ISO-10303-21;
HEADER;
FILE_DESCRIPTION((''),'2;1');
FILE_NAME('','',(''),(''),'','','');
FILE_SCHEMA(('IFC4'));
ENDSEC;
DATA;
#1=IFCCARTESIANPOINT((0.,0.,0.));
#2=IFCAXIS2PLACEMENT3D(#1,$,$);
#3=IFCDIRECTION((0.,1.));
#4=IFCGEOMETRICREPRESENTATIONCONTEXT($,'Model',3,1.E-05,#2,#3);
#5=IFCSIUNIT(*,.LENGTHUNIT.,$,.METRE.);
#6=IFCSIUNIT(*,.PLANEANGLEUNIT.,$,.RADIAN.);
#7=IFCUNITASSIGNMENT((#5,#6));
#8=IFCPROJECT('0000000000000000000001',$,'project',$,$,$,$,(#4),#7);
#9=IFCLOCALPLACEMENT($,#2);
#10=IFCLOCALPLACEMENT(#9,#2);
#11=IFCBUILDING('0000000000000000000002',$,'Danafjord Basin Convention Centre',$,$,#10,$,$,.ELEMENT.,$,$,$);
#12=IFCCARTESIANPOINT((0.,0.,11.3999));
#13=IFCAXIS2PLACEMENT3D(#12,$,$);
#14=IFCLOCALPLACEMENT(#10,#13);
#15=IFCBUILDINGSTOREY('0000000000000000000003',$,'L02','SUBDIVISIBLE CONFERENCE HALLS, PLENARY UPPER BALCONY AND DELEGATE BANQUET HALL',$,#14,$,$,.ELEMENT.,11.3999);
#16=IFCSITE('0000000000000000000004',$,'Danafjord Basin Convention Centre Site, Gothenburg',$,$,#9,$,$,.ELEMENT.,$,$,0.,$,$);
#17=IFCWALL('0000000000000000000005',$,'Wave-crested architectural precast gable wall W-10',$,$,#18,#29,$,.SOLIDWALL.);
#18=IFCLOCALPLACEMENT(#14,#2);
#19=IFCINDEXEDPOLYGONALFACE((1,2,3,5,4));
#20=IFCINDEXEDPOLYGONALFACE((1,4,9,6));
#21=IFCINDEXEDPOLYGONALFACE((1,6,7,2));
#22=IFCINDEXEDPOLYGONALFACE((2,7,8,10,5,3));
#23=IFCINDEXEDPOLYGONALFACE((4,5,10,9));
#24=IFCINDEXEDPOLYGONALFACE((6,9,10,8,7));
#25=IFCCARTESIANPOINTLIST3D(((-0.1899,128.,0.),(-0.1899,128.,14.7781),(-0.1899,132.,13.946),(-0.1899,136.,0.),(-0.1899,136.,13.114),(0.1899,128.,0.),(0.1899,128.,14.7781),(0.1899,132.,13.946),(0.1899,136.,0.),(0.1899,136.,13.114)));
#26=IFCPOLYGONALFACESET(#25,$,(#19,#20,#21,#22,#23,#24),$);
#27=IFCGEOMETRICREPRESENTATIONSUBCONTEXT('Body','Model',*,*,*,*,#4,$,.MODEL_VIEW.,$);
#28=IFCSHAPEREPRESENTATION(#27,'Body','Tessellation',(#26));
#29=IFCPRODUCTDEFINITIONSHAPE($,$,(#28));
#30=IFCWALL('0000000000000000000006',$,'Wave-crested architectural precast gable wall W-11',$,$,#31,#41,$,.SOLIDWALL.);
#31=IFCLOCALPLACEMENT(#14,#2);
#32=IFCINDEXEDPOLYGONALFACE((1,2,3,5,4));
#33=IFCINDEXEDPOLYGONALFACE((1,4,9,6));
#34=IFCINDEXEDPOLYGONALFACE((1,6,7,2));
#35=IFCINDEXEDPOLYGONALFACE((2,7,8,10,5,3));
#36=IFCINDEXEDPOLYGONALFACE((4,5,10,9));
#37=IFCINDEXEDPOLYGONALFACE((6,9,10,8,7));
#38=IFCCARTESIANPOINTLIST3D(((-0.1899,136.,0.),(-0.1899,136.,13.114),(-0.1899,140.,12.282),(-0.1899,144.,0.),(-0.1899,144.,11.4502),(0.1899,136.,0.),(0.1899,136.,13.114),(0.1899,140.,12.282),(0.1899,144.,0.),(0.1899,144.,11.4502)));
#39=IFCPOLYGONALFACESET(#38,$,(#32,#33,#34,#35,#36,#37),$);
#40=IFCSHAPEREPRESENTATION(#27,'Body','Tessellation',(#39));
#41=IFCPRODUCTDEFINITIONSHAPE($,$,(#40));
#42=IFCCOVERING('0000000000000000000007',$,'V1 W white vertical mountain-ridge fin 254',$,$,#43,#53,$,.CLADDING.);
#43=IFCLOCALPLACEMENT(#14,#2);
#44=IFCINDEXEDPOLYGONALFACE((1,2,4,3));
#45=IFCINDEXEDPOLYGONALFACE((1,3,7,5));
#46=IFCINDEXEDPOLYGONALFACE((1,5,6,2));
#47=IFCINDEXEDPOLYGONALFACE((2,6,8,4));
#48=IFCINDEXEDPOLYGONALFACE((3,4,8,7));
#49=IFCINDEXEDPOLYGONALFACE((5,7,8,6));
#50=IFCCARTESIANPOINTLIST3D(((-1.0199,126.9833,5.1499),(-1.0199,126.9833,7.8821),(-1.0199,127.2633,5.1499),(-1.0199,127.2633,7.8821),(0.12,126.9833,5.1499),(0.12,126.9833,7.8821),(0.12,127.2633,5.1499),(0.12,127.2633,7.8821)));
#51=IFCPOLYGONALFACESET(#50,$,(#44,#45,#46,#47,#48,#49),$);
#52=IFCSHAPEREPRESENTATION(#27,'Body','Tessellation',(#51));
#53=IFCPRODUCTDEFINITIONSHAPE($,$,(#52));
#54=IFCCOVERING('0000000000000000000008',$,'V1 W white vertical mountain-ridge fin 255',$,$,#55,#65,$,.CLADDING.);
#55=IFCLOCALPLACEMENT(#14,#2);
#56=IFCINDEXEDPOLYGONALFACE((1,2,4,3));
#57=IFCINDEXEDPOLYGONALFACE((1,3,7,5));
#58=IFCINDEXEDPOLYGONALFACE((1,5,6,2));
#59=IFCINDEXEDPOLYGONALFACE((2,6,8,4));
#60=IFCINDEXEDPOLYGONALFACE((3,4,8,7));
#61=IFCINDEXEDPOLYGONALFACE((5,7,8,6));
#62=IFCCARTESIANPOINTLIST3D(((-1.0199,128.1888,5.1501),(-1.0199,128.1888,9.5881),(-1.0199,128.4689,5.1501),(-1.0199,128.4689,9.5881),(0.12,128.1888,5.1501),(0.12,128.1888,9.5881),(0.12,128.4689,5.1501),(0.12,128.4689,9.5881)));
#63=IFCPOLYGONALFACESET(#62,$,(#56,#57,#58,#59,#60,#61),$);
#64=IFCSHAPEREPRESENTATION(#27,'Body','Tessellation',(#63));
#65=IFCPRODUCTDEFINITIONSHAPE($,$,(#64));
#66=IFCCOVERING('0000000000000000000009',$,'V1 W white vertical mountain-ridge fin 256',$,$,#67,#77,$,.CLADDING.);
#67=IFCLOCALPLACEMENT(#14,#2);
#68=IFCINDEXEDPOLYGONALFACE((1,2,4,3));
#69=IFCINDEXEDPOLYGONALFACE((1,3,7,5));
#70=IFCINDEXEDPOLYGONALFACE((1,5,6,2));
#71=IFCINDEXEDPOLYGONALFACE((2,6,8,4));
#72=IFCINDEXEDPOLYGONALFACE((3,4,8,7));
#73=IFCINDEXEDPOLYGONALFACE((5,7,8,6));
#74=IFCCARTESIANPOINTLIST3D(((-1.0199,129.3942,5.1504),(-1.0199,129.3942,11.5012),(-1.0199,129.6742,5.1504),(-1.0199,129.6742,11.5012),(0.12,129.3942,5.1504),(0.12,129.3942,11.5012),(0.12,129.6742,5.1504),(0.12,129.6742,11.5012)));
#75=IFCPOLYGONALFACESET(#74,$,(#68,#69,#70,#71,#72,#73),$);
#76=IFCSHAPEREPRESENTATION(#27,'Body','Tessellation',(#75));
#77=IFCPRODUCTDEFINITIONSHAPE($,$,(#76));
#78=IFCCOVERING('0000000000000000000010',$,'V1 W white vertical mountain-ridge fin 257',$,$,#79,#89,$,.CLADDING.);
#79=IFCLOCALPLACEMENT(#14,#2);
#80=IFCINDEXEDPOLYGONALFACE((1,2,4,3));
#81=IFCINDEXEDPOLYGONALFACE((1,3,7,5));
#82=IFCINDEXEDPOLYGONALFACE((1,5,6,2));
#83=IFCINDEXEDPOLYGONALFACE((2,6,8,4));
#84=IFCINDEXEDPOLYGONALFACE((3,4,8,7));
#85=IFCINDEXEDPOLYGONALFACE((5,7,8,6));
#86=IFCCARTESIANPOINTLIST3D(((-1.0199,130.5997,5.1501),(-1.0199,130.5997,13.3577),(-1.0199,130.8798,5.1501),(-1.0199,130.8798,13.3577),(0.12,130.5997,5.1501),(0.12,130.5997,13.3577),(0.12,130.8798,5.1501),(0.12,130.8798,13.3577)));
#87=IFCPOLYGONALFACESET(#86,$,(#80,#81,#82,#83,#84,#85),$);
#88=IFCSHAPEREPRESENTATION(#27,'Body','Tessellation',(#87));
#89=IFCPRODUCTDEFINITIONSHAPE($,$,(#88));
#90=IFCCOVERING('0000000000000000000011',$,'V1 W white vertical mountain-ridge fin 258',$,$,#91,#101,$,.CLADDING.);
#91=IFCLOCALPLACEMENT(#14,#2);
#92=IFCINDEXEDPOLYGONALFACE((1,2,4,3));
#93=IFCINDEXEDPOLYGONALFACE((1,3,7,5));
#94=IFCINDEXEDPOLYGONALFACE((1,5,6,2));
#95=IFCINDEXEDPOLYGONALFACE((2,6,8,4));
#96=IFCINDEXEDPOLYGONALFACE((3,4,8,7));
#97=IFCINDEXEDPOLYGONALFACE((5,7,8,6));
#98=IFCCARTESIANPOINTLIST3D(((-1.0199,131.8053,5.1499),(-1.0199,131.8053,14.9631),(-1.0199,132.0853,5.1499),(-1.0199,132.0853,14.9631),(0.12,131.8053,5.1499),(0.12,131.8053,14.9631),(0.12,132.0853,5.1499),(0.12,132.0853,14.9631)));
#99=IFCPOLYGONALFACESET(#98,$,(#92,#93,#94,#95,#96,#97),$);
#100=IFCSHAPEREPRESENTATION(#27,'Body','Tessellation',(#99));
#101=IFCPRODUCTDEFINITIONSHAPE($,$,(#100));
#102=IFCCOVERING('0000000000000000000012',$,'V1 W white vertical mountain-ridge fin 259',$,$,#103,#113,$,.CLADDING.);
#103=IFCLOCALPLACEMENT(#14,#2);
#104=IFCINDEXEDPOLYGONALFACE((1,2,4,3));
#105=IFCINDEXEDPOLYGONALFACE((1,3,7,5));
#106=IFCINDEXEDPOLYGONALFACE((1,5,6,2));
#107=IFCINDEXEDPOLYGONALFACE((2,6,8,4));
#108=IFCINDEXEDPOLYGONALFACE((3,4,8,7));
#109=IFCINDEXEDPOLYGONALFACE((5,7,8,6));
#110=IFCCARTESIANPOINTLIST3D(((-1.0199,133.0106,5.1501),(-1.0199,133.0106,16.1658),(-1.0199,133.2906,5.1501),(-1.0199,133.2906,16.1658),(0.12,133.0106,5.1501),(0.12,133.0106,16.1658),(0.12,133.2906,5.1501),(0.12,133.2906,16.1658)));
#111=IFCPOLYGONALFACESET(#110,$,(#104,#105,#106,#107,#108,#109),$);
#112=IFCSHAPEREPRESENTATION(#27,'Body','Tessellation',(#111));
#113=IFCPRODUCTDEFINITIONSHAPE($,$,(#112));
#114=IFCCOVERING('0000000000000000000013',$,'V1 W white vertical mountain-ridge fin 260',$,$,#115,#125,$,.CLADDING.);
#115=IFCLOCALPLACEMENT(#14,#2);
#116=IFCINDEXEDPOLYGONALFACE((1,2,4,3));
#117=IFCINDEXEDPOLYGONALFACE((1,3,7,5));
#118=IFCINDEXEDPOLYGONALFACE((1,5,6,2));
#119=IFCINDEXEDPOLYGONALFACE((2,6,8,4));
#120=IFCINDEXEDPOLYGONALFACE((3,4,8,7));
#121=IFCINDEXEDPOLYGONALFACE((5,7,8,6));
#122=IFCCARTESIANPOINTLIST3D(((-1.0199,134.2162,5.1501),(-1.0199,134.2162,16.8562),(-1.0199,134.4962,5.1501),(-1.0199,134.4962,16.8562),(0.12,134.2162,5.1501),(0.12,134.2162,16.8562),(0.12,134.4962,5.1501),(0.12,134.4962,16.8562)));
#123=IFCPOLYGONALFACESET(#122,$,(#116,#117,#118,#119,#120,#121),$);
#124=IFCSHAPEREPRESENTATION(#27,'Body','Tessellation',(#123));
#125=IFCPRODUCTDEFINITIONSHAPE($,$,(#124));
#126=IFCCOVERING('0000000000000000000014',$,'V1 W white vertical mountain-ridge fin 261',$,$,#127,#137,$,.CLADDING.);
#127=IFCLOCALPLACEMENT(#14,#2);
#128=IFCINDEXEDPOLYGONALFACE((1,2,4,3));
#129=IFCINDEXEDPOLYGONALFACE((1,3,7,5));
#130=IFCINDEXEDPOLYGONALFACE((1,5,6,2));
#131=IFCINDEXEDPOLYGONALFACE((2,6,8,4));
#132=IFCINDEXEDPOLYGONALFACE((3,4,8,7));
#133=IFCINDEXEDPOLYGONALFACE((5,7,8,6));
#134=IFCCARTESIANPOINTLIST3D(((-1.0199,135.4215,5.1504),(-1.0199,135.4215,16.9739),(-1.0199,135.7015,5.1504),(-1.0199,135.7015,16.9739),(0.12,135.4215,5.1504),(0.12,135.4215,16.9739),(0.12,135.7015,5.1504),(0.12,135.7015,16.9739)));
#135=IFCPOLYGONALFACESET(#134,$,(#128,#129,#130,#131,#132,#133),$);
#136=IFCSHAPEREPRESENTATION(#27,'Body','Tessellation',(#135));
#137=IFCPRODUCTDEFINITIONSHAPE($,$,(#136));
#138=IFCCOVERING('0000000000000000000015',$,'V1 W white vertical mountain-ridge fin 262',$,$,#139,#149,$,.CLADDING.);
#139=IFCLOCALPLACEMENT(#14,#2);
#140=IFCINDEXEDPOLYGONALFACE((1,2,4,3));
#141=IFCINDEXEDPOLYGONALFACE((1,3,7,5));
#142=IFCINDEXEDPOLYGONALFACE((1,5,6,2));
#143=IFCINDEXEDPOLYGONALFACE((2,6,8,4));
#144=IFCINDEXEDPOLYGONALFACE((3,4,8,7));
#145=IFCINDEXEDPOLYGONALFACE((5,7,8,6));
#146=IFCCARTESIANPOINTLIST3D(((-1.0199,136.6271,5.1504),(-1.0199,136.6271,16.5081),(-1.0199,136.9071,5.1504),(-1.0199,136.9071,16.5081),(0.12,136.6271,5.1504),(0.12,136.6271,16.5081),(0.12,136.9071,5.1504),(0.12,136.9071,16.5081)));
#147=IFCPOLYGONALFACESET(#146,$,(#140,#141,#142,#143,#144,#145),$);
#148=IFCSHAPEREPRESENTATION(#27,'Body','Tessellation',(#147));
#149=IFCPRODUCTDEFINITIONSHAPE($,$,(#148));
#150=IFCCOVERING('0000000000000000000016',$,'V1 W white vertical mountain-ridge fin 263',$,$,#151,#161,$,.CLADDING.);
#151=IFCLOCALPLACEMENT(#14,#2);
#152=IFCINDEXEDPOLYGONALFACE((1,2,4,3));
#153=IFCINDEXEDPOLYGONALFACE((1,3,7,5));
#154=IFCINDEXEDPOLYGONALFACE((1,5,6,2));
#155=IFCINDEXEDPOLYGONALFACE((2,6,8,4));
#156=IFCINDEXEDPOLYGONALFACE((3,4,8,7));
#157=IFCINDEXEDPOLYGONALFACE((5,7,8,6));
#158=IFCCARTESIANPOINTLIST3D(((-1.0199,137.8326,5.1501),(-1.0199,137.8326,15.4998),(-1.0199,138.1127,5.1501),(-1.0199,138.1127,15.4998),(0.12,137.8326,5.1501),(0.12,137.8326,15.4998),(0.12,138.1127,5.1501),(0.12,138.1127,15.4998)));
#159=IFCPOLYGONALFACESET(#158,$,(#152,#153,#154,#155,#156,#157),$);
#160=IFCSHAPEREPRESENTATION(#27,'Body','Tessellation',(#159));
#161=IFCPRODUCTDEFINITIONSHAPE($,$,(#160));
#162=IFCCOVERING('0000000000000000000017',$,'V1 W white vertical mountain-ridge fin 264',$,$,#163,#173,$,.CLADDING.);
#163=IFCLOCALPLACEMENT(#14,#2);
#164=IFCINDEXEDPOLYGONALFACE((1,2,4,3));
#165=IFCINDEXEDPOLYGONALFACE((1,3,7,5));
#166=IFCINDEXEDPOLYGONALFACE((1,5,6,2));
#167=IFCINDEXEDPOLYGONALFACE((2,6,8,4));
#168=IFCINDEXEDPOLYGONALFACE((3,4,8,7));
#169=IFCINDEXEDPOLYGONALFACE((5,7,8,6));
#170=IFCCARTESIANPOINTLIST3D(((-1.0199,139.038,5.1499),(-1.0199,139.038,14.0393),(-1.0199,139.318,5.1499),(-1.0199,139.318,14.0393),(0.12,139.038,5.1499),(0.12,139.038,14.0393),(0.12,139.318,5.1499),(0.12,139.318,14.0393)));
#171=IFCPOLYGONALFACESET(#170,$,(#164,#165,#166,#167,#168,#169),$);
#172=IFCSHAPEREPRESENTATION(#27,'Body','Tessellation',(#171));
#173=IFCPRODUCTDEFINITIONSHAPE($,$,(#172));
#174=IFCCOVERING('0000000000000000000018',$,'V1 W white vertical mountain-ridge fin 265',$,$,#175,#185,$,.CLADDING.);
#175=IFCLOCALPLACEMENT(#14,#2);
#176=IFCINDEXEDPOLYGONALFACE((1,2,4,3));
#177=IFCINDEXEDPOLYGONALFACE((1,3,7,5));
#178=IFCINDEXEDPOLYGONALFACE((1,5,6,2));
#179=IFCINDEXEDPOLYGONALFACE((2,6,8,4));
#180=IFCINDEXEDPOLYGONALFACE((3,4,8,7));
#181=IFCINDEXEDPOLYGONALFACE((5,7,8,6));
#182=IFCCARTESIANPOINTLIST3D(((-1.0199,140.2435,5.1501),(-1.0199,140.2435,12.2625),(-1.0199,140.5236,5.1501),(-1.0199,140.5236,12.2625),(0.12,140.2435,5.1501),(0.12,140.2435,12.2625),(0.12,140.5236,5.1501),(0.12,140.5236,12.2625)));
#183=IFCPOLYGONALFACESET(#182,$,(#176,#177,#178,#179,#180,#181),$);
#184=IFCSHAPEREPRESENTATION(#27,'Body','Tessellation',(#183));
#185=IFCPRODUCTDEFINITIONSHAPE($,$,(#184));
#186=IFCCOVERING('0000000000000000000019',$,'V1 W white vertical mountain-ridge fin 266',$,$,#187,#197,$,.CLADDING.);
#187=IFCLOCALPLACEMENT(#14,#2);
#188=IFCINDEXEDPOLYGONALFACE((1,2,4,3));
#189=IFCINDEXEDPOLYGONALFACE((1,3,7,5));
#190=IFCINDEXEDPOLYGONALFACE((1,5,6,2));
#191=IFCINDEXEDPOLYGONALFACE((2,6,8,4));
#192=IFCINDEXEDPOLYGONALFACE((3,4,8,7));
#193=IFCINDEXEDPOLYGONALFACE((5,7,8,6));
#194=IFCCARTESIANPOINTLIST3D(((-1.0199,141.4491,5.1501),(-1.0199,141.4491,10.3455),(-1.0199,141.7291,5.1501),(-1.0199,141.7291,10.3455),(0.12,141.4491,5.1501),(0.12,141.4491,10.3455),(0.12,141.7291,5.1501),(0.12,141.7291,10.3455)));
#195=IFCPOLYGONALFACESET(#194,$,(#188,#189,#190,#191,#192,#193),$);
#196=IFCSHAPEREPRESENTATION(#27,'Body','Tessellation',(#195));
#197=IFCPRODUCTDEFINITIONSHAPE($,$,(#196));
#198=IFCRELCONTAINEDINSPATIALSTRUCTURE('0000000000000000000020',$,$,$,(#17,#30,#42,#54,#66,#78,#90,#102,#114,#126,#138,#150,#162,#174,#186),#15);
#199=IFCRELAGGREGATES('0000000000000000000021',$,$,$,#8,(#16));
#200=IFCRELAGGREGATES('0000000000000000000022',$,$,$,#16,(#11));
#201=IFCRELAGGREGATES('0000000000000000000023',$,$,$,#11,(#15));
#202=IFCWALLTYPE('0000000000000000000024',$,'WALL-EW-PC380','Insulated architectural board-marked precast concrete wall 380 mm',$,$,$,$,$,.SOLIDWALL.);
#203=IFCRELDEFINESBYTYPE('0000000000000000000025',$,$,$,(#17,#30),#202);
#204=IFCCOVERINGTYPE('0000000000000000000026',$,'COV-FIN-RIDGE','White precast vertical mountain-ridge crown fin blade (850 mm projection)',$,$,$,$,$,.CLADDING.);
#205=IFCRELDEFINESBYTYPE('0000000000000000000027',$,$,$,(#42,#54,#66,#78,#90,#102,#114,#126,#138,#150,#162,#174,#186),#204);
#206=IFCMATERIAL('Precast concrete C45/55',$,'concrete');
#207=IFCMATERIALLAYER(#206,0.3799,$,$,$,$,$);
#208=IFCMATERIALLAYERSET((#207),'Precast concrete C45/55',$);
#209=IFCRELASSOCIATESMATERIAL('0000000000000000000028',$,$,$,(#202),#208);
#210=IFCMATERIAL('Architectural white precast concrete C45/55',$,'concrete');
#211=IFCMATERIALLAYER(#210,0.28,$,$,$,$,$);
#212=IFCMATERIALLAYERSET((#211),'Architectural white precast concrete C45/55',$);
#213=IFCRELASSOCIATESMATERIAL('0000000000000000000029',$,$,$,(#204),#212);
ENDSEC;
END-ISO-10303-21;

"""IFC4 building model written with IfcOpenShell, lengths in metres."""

from ifc_helpers import new_model, si_unit, direction, frame, origin, origin_2d, place, context, subcontext, project, spatial, polyline, rectangle, outline, extrude, material, layer, layer_set, type_object, element, save


model = new_model("IFC4")

# Units and contexts
model_context = context("Model", 3, precision=1e-05, world=origin(), true_north=direction((0.0, 1.0)))
body_context = subcontext(model_context, "Body", "Model", "MODEL_VIEW")
ifc_project = project(units=[si_unit("LENGTHUNIT", "METRE"), si_unit("PLANEANGLEUNIT", "RADIAN")], contexts=[model_context])

# Site, building, storey
site_placement = place(None, origin())
site = spatial("IfcSite", under=ifc_project, at=site_placement, Name="Danafjord Basin Convention Centre Site, Gothenburg", CompositionType="ELEMENT", RefElevation=0.0)
building_placement = place(site_placement, origin())
building = spatial("IfcBuilding", under=site, at=building_placement, Name="Danafjord Basin Convention Centre", CompositionType="ELEMENT")
storey_placement = place(building_placement, frame((0.0, 0.0, 11.3999)))
storey = spatial("IfcBuildingStorey", under=building, at=storey_placement, Name="L02", Description="SUBDIVISIBLE CONFERENCE HALLS, PLENARY UPPER BALCONY AND DELEGATE BANQUET HALL", CompositionType="ELEMENT", Elevation=11.3999)

# Walls
ifc_material_1 = material(Name="Precast concrete C45/55", Category="concrete")
ifc_layer_1 = layer(ifc_material_1, 0.3799)
ifc_layer_set_1 = layer_set([ifc_layer_1], Name="Precast concrete C45/55")
wall_type = type_object("IfcWallType", Name="WALL-EW-PC380", Description="Insulated architectural board-marked precast concrete wall 380 mm", PredefinedType="SOLIDWALL", material=ifc_layer_set_1)
wall_1_placement = place(storey_placement, frame((0.0, 128.0, 0.0), z_axis=(0.0, 0.0, 1.0), x_axis=(0.0, 1.0, 0.0)))
element("IfcWall", 1, at=wall_1_placement, inside=storey, type_object=wall_type, Name="Wave-crested architectural precast gable wall W-10", PredefinedType="SOLIDWALL", context=body_context, shape_type="SweptSolid", body=[
    extrude(outline(polyline([(0.0, 0.0), (8.0, 0.0), (8.0, 13.114), (4.0, 13.946), (0.0, 14.7781), (0.0, 0.0)])), frame((0.0, 0.1899, 0.0), z_axis=(0.0, -1.0, 0.0), x_axis=(1.0, 0.0, 0.0)), (0.0, 0.0, 1.0), 0.3799),
])
wall_2_placement = place(storey_placement, frame((0.0, 136.0, 0.0), z_axis=(0.0, 0.0, 1.0), x_axis=(0.0, 1.0, 0.0)))
element("IfcWall", 2, at=wall_2_placement, inside=storey, type_object=wall_type, Name="Wave-crested architectural precast gable wall W-11", PredefinedType="SOLIDWALL", context=body_context, shape_type="SweptSolid", body=[
    extrude(outline(polyline([(0.0, 0.0), (8.0, 0.0), (8.0, 11.4502), (4.0, 12.282), (0.0, 13.114), (0.0, 0.0)])), frame((0.0, 0.1899, 0.0), z_axis=(0.0, -1.0, 0.0), x_axis=(1.0, 0.0, 0.0)), (0.0, 0.0, 1.0), 0.3799),
])

# Coverings
ifc_material_2 = material(Name="Architectural white precast concrete C45/55", Category="concrete")
ifc_layer_2 = layer(ifc_material_2, 0.28)
ifc_layer_set_2 = layer_set([ifc_layer_2], Name="Architectural white precast concrete C45/55")
covering_type = type_object("IfcCoveringType", Name="COV-FIN-RIDGE", Description="White precast vertical mountain-ridge crown fin blade (850 mm projection)", PredefinedType="CLADDING", material=ifc_layer_set_2)
covering_1_placement = place(storey_placement, frame((-0.45, 127.1233, 5.1499), z_axis=(0.0, 0.0, 1.0), x_axis=(1.0, 0.0, 0.0)))
element("IfcCovering", 3, at=covering_1_placement, inside=storey, type_object=covering_type, Name="V1 W white vertical mountain-ridge fin 254", PredefinedType="CLADDING", context=body_context, shape_type="SweptSolid", body=[
    extrude(rectangle(XDim=1.1399, YDim=0.28, at=origin_2d()), origin(), (0.0, 0.0, 1.0), 2.7322),
])
covering_2_placement = place(storey_placement, frame((-0.45, 128.3289, 5.1501), z_axis=(0.0, 0.0, 1.0), x_axis=(1.0, 0.0, 0.0)))
element("IfcCovering", 4, at=covering_2_placement, inside=storey, type_object=covering_type, Name="V1 W white vertical mountain-ridge fin 255", PredefinedType="CLADDING", context=body_context, shape_type="SweptSolid", body=[
    extrude(rectangle(XDim=1.1399, YDim=0.28, at=origin_2d()), origin(), (0.0, 0.0, 1.0), 4.438),
])
covering_3_placement = place(storey_placement, frame((-0.45, 129.5342, 5.1504), z_axis=(0.0, 0.0, 1.0), x_axis=(1.0, 0.0, 0.0)))
element("IfcCovering", 5, at=covering_3_placement, inside=storey, type_object=covering_type, Name="V1 W white vertical mountain-ridge fin 256", PredefinedType="CLADDING", context=body_context, shape_type="SweptSolid", body=[
    extrude(rectangle(XDim=1.1399, YDim=0.28, at=origin_2d()), origin(), (0.0, 0.0, 1.0), 6.3508),
])
covering_4_placement = place(storey_placement, frame((-0.45, 130.7397, 5.1501), z_axis=(0.0, 0.0, 1.0), x_axis=(1.0, 0.0, 0.0)))
element("IfcCovering", 6, at=covering_4_placement, inside=storey, type_object=covering_type, Name="V1 W white vertical mountain-ridge fin 257", PredefinedType="CLADDING", context=body_context, shape_type="SweptSolid", body=[
    extrude(rectangle(XDim=1.1399, YDim=0.28, at=origin_2d()), origin(), (0.0, 0.0, 1.0), 8.2075),
])
covering_5_placement = place(storey_placement, frame((-0.45, 131.9453, 5.1499), z_axis=(0.0, 0.0, 1.0), x_axis=(1.0, 0.0, 0.0)))
element("IfcCovering", 7, at=covering_5_placement, inside=storey, type_object=covering_type, Name="V1 W white vertical mountain-ridge fin 258", PredefinedType="CLADDING", context=body_context, shape_type="SweptSolid", body=[
    extrude(rectangle(XDim=1.1399, YDim=0.28, at=origin_2d()), origin(), (0.0, 0.0, 1.0), 9.8132),
])
covering_6_placement = place(storey_placement, frame((-0.45, 133.1506, 5.1501), z_axis=(0.0, 0.0, 1.0), x_axis=(1.0, 0.0, 0.0)))
element("IfcCovering", 8, at=covering_6_placement, inside=storey, type_object=covering_type, Name="V1 W white vertical mountain-ridge fin 259", PredefinedType="CLADDING", context=body_context, shape_type="SweptSolid", body=[
    extrude(rectangle(XDim=1.1399, YDim=0.28, at=origin_2d()), origin(), (0.0, 0.0, 1.0), 11.0156),
])
covering_7_placement = place(storey_placement, frame((-0.45, 134.3562, 5.1501), z_axis=(0.0, 0.0, 1.0), x_axis=(1.0, 0.0, 0.0)))
element("IfcCovering", 9, at=covering_7_placement, inside=storey, type_object=covering_type, Name="V1 W white vertical mountain-ridge fin 260", PredefinedType="CLADDING", context=body_context, shape_type="SweptSolid", body=[
    extrude(rectangle(XDim=1.1399, YDim=0.28, at=origin_2d()), origin(), (0.0, 0.0, 1.0), 11.7061),
])
covering_8_placement = place(storey_placement, frame((-0.45, 135.5615, 5.1504), z_axis=(0.0, 0.0, 1.0), x_axis=(1.0, 0.0, 0.0)))
element("IfcCovering", 10, at=covering_8_placement, inside=storey, type_object=covering_type, Name="V1 W white vertical mountain-ridge fin 261", PredefinedType="CLADDING", context=body_context, shape_type="SweptSolid", body=[
    extrude(rectangle(XDim=1.1399, YDim=0.28, at=origin_2d()), origin(), (0.0, 0.0, 1.0), 11.8235),
])
covering_9_placement = place(storey_placement, frame((-0.45, 136.7671, 5.1504), z_axis=(0.0, 0.0, 1.0), x_axis=(1.0, 0.0, 0.0)))
element("IfcCovering", 11, at=covering_9_placement, inside=storey, type_object=covering_type, Name="V1 W white vertical mountain-ridge fin 262", PredefinedType="CLADDING", context=body_context, shape_type="SweptSolid", body=[
    extrude(rectangle(XDim=1.1399, YDim=0.28, at=origin_2d()), origin(), (0.0, 0.0, 1.0), 11.3577),
])
covering_10_placement = place(storey_placement, frame((-0.45, 137.9727, 5.1501), z_axis=(0.0, 0.0, 1.0), x_axis=(1.0, 0.0, 0.0)))
element("IfcCovering", 12, at=covering_10_placement, inside=storey, type_object=covering_type, Name="V1 W white vertical mountain-ridge fin 263", PredefinedType="CLADDING", context=body_context, shape_type="SweptSolid", body=[
    extrude(rectangle(XDim=1.1399, YDim=0.28, at=origin_2d()), origin(), (0.0, 0.0, 1.0), 10.3496),
])
covering_11_placement = place(storey_placement, frame((-0.45, 139.178, 5.1499), z_axis=(0.0, 0.0, 1.0), x_axis=(1.0, 0.0, 0.0)))
element("IfcCovering", 13, at=covering_11_placement, inside=storey, type_object=covering_type, Name="V1 W white vertical mountain-ridge fin 264", PredefinedType="CLADDING", context=body_context, shape_type="SweptSolid", body=[
    extrude(rectangle(XDim=1.1399, YDim=0.28, at=origin_2d()), origin(), (0.0, 0.0, 1.0), 8.8894),
])
covering_12_placement = place(storey_placement, frame((-0.45, 140.3835, 5.1501), z_axis=(0.0, 0.0, 1.0), x_axis=(1.0, 0.0, 0.0)))
element("IfcCovering", 14, at=covering_12_placement, inside=storey, type_object=covering_type, Name="V1 W white vertical mountain-ridge fin 265", PredefinedType="CLADDING", context=body_context, shape_type="SweptSolid", body=[
    extrude(rectangle(XDim=1.1399, YDim=0.28, at=origin_2d()), origin(), (0.0, 0.0, 1.0), 7.1123),
])
covering_13_placement = place(storey_placement, frame((-0.45, 141.5891, 5.1501), z_axis=(0.0, 0.0, 1.0), x_axis=(1.0, 0.0, 0.0)))
element("IfcCovering", 15, at=covering_13_placement, inside=storey, type_object=covering_type, Name="V1 W white vertical mountain-ridge fin 266", PredefinedType="CLADDING", context=body_context, shape_type="SweptSolid", body=[
    extrude(rectangle(XDim=1.1399, YDim=0.28, at=origin_2d()), origin(), (0.0, 0.0, 1.0), 5.1953),
])

save(model, "model.ifc")
